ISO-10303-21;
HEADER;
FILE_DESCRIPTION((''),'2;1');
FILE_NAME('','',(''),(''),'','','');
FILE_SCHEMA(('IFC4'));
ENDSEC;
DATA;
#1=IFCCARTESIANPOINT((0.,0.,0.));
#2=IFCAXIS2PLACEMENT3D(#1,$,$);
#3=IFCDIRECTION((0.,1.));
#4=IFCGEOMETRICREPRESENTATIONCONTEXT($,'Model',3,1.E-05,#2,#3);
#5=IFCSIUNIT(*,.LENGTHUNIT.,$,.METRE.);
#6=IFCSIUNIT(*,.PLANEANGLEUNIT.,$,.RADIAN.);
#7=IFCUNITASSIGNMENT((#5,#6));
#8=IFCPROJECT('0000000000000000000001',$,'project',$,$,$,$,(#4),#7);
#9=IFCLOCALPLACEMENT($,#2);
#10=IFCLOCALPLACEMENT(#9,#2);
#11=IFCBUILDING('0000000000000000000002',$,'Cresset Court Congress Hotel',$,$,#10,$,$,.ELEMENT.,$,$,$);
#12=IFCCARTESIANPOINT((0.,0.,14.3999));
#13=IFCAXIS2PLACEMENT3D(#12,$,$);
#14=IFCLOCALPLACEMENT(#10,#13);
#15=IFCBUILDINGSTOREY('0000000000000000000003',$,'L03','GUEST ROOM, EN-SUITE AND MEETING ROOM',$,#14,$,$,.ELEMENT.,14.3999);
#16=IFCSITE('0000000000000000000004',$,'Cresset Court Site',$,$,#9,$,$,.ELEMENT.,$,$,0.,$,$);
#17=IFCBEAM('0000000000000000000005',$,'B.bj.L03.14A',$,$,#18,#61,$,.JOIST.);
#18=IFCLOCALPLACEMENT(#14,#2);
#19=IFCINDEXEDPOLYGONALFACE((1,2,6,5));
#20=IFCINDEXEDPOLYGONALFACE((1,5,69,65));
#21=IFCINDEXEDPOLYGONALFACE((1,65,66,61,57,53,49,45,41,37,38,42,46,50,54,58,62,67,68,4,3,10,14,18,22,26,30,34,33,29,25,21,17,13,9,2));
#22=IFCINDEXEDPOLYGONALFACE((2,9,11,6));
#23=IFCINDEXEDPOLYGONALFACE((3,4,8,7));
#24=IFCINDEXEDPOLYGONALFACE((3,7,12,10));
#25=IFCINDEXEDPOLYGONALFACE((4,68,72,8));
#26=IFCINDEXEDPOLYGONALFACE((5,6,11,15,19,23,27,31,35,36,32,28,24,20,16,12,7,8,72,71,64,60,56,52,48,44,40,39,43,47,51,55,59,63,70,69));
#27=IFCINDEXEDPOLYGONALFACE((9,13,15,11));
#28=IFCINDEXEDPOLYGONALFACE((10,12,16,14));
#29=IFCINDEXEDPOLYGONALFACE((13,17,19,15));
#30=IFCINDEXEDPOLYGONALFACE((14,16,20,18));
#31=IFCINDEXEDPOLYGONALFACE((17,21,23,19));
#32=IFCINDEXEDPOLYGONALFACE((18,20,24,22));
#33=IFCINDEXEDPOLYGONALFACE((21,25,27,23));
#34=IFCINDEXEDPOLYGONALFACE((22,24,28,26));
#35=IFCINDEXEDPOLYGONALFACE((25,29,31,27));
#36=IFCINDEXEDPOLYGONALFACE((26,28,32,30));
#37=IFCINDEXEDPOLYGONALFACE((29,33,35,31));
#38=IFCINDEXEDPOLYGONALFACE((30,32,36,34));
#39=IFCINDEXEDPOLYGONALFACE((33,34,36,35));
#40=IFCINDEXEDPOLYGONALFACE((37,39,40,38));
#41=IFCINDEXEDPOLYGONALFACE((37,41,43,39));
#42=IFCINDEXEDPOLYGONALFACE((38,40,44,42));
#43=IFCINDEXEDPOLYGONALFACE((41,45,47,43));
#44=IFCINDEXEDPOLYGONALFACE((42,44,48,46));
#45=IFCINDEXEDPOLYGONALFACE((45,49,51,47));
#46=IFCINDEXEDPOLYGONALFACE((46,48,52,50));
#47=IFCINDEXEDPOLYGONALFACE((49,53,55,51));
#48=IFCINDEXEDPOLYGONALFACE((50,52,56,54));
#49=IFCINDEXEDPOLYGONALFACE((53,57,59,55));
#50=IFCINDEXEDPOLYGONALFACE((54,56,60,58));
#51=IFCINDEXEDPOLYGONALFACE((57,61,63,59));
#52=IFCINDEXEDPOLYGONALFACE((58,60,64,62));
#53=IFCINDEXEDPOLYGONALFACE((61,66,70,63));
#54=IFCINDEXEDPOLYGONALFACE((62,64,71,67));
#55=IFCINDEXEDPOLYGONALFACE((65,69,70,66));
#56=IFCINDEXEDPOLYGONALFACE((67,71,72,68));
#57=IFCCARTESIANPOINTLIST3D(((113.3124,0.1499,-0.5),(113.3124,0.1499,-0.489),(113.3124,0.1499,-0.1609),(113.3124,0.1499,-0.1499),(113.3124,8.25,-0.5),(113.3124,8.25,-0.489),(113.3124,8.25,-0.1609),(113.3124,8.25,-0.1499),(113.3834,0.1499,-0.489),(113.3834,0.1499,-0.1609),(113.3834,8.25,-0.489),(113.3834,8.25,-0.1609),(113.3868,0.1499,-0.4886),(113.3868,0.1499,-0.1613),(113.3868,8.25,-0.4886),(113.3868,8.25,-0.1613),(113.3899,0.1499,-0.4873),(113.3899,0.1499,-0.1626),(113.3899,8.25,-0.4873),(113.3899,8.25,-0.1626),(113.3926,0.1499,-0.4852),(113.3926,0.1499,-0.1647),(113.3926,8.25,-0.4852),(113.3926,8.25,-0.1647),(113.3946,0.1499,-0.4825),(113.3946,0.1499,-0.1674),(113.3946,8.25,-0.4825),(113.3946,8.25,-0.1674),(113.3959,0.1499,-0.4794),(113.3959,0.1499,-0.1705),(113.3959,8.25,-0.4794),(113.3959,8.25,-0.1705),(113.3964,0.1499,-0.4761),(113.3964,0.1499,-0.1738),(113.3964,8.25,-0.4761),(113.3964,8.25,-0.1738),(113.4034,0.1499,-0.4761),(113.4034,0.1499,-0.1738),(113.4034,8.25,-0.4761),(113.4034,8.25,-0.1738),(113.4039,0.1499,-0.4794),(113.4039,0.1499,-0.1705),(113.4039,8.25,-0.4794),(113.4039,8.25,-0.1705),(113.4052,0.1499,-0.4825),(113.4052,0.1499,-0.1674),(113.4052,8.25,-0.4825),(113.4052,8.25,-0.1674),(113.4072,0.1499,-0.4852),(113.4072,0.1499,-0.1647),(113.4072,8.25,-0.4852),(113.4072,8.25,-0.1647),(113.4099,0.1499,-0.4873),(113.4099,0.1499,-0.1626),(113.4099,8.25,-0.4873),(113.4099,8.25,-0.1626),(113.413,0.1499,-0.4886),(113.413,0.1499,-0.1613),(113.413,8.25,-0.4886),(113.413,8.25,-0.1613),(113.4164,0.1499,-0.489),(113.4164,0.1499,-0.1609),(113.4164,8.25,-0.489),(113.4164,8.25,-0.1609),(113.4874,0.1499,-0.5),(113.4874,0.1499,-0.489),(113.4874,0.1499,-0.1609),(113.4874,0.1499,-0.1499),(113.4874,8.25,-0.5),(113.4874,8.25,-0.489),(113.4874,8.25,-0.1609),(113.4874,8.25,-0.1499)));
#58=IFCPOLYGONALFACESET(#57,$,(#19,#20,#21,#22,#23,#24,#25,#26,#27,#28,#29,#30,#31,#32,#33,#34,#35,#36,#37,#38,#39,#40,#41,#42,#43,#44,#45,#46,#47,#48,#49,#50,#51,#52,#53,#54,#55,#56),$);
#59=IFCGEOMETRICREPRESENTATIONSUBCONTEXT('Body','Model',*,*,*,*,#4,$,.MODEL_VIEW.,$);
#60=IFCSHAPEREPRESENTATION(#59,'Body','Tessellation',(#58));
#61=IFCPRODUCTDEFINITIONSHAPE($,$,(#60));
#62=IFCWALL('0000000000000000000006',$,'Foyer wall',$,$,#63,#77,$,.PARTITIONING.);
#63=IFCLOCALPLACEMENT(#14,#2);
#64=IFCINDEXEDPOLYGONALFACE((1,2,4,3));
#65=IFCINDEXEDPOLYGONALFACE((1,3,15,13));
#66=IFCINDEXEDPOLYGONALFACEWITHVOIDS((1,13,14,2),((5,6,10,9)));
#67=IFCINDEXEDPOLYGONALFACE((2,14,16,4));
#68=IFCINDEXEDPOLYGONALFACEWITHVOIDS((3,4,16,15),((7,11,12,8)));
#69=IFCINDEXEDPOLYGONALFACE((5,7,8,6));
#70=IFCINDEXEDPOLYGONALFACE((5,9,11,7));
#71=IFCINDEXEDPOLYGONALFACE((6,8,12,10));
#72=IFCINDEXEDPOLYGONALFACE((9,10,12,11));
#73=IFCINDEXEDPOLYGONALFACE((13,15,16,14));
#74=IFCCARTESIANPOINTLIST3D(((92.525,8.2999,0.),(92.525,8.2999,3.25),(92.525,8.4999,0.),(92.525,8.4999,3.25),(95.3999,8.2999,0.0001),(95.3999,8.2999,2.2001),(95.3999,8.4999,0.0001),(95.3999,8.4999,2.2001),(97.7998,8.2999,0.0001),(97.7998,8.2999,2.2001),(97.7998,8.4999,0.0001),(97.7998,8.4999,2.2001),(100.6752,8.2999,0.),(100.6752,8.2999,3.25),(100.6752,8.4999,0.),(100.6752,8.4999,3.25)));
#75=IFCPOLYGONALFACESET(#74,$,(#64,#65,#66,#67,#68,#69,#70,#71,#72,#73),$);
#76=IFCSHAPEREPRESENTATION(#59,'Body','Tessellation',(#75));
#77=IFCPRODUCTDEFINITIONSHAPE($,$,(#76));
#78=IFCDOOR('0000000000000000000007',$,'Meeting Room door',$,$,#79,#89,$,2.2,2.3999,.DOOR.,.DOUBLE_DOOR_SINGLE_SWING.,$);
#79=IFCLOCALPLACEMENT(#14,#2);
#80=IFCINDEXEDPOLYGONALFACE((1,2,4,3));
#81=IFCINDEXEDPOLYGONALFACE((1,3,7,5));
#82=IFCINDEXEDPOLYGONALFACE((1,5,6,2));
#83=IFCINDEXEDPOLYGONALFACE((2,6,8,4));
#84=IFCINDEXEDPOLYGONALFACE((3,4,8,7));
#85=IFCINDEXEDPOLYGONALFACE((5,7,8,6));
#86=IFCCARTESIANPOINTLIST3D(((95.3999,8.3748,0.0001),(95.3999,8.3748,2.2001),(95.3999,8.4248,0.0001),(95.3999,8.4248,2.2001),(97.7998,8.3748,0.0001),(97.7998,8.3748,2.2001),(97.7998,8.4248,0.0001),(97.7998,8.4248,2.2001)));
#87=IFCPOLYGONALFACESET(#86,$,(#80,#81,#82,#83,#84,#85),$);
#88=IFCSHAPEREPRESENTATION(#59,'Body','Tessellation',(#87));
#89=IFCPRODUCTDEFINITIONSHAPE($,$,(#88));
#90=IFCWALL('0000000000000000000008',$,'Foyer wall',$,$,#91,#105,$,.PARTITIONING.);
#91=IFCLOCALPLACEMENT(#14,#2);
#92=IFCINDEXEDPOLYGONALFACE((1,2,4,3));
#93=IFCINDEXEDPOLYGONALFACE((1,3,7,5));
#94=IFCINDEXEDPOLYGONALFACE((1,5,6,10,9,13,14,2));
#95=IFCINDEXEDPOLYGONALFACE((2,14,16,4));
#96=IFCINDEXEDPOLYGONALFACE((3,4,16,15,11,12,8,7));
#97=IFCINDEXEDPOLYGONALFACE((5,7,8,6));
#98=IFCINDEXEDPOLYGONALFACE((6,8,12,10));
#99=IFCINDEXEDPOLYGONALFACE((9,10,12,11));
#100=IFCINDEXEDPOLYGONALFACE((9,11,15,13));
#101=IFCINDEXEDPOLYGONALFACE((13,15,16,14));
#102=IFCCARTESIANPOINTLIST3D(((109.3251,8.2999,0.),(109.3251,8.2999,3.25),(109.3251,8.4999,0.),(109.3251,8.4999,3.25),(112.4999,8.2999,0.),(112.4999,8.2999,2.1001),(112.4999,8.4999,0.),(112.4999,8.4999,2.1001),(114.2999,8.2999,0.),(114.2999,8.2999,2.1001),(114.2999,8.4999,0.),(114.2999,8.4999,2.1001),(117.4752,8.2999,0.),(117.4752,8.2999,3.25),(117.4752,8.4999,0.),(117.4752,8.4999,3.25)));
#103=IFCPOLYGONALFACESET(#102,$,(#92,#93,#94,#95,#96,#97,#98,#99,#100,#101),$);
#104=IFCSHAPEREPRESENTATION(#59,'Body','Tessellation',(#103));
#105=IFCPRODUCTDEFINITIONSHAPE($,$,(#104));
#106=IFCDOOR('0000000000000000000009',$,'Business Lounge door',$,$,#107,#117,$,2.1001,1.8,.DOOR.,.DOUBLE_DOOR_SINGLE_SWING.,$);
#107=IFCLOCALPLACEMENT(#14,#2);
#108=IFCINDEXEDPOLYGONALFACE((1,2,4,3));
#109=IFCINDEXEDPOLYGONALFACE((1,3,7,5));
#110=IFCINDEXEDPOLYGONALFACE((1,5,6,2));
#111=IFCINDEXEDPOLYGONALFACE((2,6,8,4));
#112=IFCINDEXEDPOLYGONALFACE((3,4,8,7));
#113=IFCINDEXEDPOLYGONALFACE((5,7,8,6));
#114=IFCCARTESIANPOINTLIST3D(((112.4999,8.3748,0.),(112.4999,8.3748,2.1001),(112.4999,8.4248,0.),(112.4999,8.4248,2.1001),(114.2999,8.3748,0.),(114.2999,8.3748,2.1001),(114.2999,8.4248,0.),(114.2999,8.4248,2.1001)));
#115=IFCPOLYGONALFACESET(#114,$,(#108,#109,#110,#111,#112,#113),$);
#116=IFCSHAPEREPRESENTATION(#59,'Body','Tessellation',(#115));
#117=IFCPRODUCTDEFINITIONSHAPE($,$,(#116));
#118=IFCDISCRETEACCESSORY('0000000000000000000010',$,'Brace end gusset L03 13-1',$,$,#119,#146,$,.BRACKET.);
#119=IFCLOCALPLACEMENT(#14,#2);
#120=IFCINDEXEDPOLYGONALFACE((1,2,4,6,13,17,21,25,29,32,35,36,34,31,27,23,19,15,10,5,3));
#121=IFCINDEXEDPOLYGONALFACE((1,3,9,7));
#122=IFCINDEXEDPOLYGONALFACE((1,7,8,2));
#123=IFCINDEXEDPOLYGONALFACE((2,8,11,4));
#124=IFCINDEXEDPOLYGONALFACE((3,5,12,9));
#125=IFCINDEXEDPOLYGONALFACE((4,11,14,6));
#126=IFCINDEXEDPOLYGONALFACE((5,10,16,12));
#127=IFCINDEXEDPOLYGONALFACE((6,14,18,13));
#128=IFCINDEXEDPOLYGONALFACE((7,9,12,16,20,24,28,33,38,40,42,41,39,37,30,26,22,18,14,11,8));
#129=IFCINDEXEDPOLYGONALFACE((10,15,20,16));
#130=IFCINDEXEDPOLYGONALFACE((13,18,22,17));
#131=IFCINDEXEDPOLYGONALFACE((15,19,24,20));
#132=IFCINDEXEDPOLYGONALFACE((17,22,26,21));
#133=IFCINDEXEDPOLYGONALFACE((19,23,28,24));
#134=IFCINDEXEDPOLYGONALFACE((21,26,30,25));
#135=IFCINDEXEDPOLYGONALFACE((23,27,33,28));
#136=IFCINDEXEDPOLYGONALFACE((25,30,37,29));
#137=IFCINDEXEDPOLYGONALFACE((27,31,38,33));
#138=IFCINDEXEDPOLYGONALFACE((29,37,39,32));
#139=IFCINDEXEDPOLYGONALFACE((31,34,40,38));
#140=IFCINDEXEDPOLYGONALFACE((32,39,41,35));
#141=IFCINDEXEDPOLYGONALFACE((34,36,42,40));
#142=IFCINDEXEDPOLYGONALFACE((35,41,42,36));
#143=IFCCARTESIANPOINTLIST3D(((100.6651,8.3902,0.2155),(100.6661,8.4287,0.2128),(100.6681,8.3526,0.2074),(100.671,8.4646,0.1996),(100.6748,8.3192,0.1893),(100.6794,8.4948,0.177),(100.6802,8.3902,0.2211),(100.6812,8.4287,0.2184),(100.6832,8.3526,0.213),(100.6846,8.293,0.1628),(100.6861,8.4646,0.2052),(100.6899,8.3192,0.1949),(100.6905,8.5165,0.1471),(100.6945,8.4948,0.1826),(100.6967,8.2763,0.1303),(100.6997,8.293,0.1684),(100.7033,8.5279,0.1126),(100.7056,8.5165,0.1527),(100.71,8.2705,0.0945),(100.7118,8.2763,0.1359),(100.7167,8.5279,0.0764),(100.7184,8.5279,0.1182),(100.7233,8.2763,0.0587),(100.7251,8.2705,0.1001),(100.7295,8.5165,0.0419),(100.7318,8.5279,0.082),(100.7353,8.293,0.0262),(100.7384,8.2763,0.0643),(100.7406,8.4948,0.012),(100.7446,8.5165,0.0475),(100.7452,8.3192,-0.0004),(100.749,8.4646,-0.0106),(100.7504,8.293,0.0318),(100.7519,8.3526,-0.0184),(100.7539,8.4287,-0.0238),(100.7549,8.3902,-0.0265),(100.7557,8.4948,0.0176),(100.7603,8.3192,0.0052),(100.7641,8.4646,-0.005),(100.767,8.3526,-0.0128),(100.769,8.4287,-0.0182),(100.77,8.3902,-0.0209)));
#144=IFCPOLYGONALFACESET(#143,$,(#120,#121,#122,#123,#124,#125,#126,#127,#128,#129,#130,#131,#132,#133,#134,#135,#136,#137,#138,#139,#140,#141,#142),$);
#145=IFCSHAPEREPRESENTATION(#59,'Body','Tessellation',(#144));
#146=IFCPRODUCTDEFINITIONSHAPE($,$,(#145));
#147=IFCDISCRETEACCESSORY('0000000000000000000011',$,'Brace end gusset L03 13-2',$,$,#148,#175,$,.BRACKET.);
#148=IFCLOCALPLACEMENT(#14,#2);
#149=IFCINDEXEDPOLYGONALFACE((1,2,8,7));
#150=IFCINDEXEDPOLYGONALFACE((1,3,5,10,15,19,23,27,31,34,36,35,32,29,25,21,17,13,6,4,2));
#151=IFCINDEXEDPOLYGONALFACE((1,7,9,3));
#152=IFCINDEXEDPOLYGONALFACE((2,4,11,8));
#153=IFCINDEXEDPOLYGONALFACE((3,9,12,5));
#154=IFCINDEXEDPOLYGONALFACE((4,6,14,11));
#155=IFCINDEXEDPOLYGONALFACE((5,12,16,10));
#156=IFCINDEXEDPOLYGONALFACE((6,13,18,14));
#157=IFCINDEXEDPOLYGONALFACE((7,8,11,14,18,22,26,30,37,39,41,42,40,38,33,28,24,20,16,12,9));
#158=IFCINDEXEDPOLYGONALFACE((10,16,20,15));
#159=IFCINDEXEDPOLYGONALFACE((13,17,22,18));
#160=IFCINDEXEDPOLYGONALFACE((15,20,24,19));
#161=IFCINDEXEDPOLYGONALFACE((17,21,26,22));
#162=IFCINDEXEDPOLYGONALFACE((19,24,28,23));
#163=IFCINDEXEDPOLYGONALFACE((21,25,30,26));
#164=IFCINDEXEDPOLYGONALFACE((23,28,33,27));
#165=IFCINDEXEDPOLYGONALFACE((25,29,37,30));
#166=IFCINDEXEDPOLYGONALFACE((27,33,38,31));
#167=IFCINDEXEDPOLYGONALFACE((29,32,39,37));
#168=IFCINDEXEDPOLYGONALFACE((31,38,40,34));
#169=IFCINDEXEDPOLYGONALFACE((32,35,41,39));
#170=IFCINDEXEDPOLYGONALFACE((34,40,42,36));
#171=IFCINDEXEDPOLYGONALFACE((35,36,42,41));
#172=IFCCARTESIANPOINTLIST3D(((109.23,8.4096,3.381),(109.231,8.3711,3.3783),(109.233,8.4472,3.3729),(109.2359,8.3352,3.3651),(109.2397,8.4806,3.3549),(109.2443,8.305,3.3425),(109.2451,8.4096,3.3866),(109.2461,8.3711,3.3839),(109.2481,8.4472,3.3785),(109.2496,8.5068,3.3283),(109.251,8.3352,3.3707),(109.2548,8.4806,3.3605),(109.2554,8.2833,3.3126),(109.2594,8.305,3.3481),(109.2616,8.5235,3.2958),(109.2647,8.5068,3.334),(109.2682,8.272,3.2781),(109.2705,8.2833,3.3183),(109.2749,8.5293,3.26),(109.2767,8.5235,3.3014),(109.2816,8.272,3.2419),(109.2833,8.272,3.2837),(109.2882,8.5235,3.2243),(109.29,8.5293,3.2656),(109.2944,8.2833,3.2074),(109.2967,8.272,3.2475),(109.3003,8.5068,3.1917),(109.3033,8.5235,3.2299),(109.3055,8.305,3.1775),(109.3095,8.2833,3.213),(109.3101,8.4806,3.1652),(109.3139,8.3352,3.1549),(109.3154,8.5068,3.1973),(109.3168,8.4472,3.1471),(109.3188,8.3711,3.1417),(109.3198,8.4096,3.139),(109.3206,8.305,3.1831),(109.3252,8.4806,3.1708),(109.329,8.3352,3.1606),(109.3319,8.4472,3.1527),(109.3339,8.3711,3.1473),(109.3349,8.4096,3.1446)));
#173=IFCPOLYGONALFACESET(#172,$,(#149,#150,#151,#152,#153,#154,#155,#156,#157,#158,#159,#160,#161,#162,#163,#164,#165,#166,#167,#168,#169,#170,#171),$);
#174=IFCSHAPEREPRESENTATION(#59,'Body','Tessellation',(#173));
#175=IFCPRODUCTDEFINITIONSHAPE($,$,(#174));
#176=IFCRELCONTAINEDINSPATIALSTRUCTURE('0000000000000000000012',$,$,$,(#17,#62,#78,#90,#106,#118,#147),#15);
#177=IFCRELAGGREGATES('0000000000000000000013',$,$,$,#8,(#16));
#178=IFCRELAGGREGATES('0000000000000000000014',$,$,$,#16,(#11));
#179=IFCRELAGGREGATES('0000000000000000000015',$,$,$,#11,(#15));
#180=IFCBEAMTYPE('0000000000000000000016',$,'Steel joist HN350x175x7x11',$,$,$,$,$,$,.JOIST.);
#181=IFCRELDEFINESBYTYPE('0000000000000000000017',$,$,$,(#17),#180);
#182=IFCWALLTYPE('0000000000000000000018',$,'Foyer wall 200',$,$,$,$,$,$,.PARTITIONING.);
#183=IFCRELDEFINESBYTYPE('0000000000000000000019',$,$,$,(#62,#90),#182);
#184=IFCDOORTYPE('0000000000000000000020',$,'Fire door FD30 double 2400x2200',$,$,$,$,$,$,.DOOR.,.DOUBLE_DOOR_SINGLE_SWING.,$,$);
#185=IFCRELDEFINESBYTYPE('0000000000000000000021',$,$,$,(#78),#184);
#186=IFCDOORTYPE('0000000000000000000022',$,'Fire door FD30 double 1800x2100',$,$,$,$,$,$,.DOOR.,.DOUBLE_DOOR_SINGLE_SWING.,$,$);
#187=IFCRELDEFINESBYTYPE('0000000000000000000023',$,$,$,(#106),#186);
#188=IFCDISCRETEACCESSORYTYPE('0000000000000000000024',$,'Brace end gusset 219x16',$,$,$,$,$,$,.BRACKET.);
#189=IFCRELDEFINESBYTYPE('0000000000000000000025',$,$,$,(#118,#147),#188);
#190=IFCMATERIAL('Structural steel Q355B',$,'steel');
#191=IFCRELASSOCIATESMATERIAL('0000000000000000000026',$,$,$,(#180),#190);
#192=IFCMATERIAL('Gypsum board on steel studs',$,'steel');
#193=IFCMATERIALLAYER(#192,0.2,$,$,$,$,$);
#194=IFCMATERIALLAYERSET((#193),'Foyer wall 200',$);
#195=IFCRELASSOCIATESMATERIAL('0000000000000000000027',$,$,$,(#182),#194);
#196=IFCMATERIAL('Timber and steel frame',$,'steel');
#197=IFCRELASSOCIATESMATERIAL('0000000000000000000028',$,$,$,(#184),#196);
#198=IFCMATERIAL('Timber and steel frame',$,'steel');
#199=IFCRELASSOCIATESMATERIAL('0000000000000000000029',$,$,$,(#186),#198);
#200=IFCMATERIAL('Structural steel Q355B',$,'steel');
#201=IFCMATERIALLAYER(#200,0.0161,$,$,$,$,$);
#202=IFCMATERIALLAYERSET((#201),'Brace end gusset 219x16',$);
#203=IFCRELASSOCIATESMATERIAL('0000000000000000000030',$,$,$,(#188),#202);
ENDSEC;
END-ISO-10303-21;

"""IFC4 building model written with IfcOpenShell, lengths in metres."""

from ifc_helpers import new_model, si_unit, direction, frame, frame_2d, origin, origin_2d, place, context, subcontext, project, spatial, rectangle, circle, i_section, extrude, material, layer, layer_set, material_profile, profile_set, type_object, element, fill, save


model = new_model("IFC4")

# Units and contexts
model_context = context("Model", 3, precision=1e-05, world=origin(), true_north=direction((0.0, 1.0)))
body_context = subcontext(model_context, "Body", "Model", "MODEL_VIEW")
ifc_project = project(units=[si_unit("LENGTHUNIT", "METRE"), si_unit("PLANEANGLEUNIT", "RADIAN")], contexts=[model_context])

# Site, building, storey
site_placement = place(None, origin())
site = spatial("IfcSite", under=ifc_project, at=site_placement, Name="Cresset Court Site", CompositionType="ELEMENT", RefElevation=0.0)
building_placement = place(site_placement, origin())
building = spatial("IfcBuilding", under=site, at=building_placement, Name="Cresset Court Congress Hotel", CompositionType="ELEMENT")
storey_placement = place(building_placement, frame((0.0, 0.0, 14.3999)))
storey = spatial("IfcBuildingStorey", under=building, at=storey_placement, Name="L03", Description="GUEST ROOM, EN-SUITE AND MEETING ROOM", CompositionType="ELEMENT", Elevation=14.3999)

# Beam
ifc_material_1 = material(Name="Structural steel Q355B", Category="steel")
ifc_material_profile_1 = material_profile(ifc_material_1, i_section(OverallWidth=0.175, OverallDepth=0.3501, WebThickness=0.0071, FlangeThickness=0.011, FilletRadius=0.0129, at=origin_2d()), Name="HN350x175x7x11")
ifc_profile_set_1 = profile_set([ifc_material_profile_1], Name="Structural steel Q355B")
beam_type_1 = type_object("IfcBeamType", Name="Steel joist HN350x175x7x11", PredefinedType="JOIST", material=ifc_profile_set_1)
beam_1_placement = place(storey_placement, frame((113.3999, 0.1499, -0.325), z_axis=(0.0, 1.0, 0.0), x_axis=(-1.0, 0.0, 0.0)))
element("IfcBeam", 1, at=beam_1_placement, inside=storey, type_object=beam_type_1, Name="B.bj.L03.14A", PredefinedType="JOIST", context=body_context, shape_type="SweptSolid", body=[
    extrude(i_section(OverallWidth=0.175, OverallDepth=0.3501, WebThickness=0.0071, FlangeThickness=0.011, FilletRadius=0.0129, at=origin_2d()), origin(), (0.0, 0.0, 1.0), 8.1001),
])

# Walls, openings, doors
ifc_material_2 = material(Name="Gypsum board on steel studs", Category="steel")
ifc_layer_1 = layer(ifc_material_2, 0.2)
ifc_layer_set_1 = layer_set([ifc_layer_1], Name="Foyer wall 200")
wall_type = type_object("IfcWallType", Name="Foyer wall 200", PredefinedType="PARTITIONING", material=ifc_layer_set_1)
wall_1_placement = place(storey_placement, frame((92.5249, 8.3999, 0.0), z_axis=(0.0, 0.0, 1.0), x_axis=(1.0, 0.0, 0.0)))
wall_1 = element("IfcWall", 2, at=wall_1_placement, inside=storey, type_object=wall_type, Name="Foyer wall", PredefinedType="PARTITIONING", context=body_context, shape_type="SweptSolid", body=[
    extrude(rectangle(XDim=8.1501, YDim=0.2, at=frame_2d((4.0752, 0.0))), origin(), (0.0, 0.0, 1.0), 3.25),
])
opening_1_placement = place(wall_1_placement, frame((2.875, 0.0, 0.0)))
opening_1 = element("IfcOpeningElement", 3, at=opening_1_placement, cuts=wall_1, PredefinedType="OPENING", context=body_context, shape_type="SweptSolid", body=[
    extrude(rectangle(XDim=2.3999, YDim=2.2, at=frame_2d((1.2, 1.1001))), frame((0.0, 0.1099, 0.0), z_axis=(0.0, -1.0, 0.0), x_axis=(1.0, 0.0, 0.0)), (0.0, 0.0, 1.0), 0.22),
])
ifc_material_3 = material(Name="Timber and steel frame", Category="steel")
door_type_1 = type_object("IfcDoorType", Name="Fire door FD30 double 2400x2200", OperationType="DOUBLE_DOOR_SINGLE_SWING", PredefinedType="DOOR", material=ifc_material_3)
door_1_placement = place(opening_1_placement, origin())
door_1 = element("IfcDoor", 4, at=door_1_placement, inside=storey, type_object=door_type_1, Name="Meeting Room door", OperationType="DOUBLE_DOOR_SINGLE_SWING", OverallHeight=2.2, OverallWidth=2.3999, PredefinedType="DOOR", context=body_context, shape_type="SweptSolid", body=[
    extrude(rectangle(XDim=2.3999, YDim=2.2, at=frame_2d((1.2, 1.1001))), frame((0.0, 0.0249, 0.0), z_axis=(0.0, -1.0, 0.0), x_axis=(1.0, 0.0, 0.0)), (0.0, 0.0, 1.0), 0.05),
])
fill(opening_1, door_1)
wall_2_placement = place(storey_placement, frame((109.325, 8.3999, 0.0), z_axis=(0.0, 0.0, 1.0), x_axis=(1.0, 0.0, 0.0)))
wall_2 = element("IfcWall", 5, at=wall_2_placement, inside=storey, type_object=wall_type, Name="Foyer wall", PredefinedType="PARTITIONING", context=body_context, shape_type="SweptSolid", body=[
    extrude(rectangle(XDim=8.1501, YDim=0.2, at=frame_2d((4.0752, 0.0))), origin(), (0.0, 0.0, 1.0), 3.25),
])
opening_2_placement = place(wall_2_placement, frame((3.175, 0.0, 0.0)))
opening_2 = element("IfcOpeningElement", 6, at=opening_2_placement, cuts=wall_2, PredefinedType="OPENING", context=body_context, shape_type="SweptSolid", body=[
    extrude(rectangle(XDim=1.8, YDim=2.1001, at=frame_2d((0.8999, 1.05))), frame((0.0, 0.1099, 0.0), z_axis=(0.0, -1.0, 0.0), x_axis=(1.0, 0.0, 0.0)), (0.0, 0.0, 1.0), 0.22),
])
ifc_material_4 = material(Name="Timber and steel frame", Category="steel")
door_type_2 = type_object("IfcDoorType", Name="Fire door FD30 double 1800x2100", OperationType="DOUBLE_DOOR_SINGLE_SWING", PredefinedType="DOOR", material=ifc_material_4)
door_2_placement = place(opening_2_placement, origin())
door_2 = element("IfcDoor", 7, at=door_2_placement, inside=storey, type_object=door_type_2, Name="Business Lounge door", OperationType="DOUBLE_DOOR_SINGLE_SWING", OverallHeight=2.1001, OverallWidth=1.8, PredefinedType="DOOR", context=body_context, shape_type="SweptSolid", body=[
    extrude(rectangle(XDim=1.8, YDim=2.1001, at=frame_2d((0.8999, 1.05))), frame((0.0, 0.0249, 0.0), z_axis=(0.0, -1.0, 0.0), x_axis=(1.0, 0.0, 0.0)), (0.0, 0.0, 1.0), 0.05),
])
fill(opening_2, door_2)

# Discrete accessories
ifc_material_5 = material(Name="Structural steel Q355B", Category="steel")
ifc_layer_2 = layer(ifc_material_5, 0.0161)
ifc_layer_set_2 = layer_set([ifc_layer_2], Name="Brace end gusset 219x16")
discrete_accessory_type = type_object("IfcDiscreteAccessoryType", Name="Brace end gusset 219x16", PredefinedType="BRACKET", material=ifc_layer_set_2)
for number, where, z_axis, x_axis, name in (
    (8, (100.7251, 8.3999, 0.1001), (-0.937566, 0.0, -0.347807), (0.0, -1.0, 0.0), "Brace end gusset L03 13-1"),
    (9, (109.2749, 8.3999, 3.26), (0.937566, 0.0, 0.347807), (0.0, 1.0, 0.0), "Brace end gusset L03 13-2"),
):
    element("IfcDiscreteAccessory", number, at=place(storey_placement, frame(where, z_axis=z_axis, x_axis=x_axis)), inside=storey, type_object=discrete_accessory_type, Name=name, PredefinedType="BRACKET", context=body_context, shape_type="SweptSolid", body=[
        extrude(circle(Radius=0.1294, at=origin_2d()), origin(), (0.0, 0.0, 1.0), 0.0161),
    ])

save(model, "model.ifc")
